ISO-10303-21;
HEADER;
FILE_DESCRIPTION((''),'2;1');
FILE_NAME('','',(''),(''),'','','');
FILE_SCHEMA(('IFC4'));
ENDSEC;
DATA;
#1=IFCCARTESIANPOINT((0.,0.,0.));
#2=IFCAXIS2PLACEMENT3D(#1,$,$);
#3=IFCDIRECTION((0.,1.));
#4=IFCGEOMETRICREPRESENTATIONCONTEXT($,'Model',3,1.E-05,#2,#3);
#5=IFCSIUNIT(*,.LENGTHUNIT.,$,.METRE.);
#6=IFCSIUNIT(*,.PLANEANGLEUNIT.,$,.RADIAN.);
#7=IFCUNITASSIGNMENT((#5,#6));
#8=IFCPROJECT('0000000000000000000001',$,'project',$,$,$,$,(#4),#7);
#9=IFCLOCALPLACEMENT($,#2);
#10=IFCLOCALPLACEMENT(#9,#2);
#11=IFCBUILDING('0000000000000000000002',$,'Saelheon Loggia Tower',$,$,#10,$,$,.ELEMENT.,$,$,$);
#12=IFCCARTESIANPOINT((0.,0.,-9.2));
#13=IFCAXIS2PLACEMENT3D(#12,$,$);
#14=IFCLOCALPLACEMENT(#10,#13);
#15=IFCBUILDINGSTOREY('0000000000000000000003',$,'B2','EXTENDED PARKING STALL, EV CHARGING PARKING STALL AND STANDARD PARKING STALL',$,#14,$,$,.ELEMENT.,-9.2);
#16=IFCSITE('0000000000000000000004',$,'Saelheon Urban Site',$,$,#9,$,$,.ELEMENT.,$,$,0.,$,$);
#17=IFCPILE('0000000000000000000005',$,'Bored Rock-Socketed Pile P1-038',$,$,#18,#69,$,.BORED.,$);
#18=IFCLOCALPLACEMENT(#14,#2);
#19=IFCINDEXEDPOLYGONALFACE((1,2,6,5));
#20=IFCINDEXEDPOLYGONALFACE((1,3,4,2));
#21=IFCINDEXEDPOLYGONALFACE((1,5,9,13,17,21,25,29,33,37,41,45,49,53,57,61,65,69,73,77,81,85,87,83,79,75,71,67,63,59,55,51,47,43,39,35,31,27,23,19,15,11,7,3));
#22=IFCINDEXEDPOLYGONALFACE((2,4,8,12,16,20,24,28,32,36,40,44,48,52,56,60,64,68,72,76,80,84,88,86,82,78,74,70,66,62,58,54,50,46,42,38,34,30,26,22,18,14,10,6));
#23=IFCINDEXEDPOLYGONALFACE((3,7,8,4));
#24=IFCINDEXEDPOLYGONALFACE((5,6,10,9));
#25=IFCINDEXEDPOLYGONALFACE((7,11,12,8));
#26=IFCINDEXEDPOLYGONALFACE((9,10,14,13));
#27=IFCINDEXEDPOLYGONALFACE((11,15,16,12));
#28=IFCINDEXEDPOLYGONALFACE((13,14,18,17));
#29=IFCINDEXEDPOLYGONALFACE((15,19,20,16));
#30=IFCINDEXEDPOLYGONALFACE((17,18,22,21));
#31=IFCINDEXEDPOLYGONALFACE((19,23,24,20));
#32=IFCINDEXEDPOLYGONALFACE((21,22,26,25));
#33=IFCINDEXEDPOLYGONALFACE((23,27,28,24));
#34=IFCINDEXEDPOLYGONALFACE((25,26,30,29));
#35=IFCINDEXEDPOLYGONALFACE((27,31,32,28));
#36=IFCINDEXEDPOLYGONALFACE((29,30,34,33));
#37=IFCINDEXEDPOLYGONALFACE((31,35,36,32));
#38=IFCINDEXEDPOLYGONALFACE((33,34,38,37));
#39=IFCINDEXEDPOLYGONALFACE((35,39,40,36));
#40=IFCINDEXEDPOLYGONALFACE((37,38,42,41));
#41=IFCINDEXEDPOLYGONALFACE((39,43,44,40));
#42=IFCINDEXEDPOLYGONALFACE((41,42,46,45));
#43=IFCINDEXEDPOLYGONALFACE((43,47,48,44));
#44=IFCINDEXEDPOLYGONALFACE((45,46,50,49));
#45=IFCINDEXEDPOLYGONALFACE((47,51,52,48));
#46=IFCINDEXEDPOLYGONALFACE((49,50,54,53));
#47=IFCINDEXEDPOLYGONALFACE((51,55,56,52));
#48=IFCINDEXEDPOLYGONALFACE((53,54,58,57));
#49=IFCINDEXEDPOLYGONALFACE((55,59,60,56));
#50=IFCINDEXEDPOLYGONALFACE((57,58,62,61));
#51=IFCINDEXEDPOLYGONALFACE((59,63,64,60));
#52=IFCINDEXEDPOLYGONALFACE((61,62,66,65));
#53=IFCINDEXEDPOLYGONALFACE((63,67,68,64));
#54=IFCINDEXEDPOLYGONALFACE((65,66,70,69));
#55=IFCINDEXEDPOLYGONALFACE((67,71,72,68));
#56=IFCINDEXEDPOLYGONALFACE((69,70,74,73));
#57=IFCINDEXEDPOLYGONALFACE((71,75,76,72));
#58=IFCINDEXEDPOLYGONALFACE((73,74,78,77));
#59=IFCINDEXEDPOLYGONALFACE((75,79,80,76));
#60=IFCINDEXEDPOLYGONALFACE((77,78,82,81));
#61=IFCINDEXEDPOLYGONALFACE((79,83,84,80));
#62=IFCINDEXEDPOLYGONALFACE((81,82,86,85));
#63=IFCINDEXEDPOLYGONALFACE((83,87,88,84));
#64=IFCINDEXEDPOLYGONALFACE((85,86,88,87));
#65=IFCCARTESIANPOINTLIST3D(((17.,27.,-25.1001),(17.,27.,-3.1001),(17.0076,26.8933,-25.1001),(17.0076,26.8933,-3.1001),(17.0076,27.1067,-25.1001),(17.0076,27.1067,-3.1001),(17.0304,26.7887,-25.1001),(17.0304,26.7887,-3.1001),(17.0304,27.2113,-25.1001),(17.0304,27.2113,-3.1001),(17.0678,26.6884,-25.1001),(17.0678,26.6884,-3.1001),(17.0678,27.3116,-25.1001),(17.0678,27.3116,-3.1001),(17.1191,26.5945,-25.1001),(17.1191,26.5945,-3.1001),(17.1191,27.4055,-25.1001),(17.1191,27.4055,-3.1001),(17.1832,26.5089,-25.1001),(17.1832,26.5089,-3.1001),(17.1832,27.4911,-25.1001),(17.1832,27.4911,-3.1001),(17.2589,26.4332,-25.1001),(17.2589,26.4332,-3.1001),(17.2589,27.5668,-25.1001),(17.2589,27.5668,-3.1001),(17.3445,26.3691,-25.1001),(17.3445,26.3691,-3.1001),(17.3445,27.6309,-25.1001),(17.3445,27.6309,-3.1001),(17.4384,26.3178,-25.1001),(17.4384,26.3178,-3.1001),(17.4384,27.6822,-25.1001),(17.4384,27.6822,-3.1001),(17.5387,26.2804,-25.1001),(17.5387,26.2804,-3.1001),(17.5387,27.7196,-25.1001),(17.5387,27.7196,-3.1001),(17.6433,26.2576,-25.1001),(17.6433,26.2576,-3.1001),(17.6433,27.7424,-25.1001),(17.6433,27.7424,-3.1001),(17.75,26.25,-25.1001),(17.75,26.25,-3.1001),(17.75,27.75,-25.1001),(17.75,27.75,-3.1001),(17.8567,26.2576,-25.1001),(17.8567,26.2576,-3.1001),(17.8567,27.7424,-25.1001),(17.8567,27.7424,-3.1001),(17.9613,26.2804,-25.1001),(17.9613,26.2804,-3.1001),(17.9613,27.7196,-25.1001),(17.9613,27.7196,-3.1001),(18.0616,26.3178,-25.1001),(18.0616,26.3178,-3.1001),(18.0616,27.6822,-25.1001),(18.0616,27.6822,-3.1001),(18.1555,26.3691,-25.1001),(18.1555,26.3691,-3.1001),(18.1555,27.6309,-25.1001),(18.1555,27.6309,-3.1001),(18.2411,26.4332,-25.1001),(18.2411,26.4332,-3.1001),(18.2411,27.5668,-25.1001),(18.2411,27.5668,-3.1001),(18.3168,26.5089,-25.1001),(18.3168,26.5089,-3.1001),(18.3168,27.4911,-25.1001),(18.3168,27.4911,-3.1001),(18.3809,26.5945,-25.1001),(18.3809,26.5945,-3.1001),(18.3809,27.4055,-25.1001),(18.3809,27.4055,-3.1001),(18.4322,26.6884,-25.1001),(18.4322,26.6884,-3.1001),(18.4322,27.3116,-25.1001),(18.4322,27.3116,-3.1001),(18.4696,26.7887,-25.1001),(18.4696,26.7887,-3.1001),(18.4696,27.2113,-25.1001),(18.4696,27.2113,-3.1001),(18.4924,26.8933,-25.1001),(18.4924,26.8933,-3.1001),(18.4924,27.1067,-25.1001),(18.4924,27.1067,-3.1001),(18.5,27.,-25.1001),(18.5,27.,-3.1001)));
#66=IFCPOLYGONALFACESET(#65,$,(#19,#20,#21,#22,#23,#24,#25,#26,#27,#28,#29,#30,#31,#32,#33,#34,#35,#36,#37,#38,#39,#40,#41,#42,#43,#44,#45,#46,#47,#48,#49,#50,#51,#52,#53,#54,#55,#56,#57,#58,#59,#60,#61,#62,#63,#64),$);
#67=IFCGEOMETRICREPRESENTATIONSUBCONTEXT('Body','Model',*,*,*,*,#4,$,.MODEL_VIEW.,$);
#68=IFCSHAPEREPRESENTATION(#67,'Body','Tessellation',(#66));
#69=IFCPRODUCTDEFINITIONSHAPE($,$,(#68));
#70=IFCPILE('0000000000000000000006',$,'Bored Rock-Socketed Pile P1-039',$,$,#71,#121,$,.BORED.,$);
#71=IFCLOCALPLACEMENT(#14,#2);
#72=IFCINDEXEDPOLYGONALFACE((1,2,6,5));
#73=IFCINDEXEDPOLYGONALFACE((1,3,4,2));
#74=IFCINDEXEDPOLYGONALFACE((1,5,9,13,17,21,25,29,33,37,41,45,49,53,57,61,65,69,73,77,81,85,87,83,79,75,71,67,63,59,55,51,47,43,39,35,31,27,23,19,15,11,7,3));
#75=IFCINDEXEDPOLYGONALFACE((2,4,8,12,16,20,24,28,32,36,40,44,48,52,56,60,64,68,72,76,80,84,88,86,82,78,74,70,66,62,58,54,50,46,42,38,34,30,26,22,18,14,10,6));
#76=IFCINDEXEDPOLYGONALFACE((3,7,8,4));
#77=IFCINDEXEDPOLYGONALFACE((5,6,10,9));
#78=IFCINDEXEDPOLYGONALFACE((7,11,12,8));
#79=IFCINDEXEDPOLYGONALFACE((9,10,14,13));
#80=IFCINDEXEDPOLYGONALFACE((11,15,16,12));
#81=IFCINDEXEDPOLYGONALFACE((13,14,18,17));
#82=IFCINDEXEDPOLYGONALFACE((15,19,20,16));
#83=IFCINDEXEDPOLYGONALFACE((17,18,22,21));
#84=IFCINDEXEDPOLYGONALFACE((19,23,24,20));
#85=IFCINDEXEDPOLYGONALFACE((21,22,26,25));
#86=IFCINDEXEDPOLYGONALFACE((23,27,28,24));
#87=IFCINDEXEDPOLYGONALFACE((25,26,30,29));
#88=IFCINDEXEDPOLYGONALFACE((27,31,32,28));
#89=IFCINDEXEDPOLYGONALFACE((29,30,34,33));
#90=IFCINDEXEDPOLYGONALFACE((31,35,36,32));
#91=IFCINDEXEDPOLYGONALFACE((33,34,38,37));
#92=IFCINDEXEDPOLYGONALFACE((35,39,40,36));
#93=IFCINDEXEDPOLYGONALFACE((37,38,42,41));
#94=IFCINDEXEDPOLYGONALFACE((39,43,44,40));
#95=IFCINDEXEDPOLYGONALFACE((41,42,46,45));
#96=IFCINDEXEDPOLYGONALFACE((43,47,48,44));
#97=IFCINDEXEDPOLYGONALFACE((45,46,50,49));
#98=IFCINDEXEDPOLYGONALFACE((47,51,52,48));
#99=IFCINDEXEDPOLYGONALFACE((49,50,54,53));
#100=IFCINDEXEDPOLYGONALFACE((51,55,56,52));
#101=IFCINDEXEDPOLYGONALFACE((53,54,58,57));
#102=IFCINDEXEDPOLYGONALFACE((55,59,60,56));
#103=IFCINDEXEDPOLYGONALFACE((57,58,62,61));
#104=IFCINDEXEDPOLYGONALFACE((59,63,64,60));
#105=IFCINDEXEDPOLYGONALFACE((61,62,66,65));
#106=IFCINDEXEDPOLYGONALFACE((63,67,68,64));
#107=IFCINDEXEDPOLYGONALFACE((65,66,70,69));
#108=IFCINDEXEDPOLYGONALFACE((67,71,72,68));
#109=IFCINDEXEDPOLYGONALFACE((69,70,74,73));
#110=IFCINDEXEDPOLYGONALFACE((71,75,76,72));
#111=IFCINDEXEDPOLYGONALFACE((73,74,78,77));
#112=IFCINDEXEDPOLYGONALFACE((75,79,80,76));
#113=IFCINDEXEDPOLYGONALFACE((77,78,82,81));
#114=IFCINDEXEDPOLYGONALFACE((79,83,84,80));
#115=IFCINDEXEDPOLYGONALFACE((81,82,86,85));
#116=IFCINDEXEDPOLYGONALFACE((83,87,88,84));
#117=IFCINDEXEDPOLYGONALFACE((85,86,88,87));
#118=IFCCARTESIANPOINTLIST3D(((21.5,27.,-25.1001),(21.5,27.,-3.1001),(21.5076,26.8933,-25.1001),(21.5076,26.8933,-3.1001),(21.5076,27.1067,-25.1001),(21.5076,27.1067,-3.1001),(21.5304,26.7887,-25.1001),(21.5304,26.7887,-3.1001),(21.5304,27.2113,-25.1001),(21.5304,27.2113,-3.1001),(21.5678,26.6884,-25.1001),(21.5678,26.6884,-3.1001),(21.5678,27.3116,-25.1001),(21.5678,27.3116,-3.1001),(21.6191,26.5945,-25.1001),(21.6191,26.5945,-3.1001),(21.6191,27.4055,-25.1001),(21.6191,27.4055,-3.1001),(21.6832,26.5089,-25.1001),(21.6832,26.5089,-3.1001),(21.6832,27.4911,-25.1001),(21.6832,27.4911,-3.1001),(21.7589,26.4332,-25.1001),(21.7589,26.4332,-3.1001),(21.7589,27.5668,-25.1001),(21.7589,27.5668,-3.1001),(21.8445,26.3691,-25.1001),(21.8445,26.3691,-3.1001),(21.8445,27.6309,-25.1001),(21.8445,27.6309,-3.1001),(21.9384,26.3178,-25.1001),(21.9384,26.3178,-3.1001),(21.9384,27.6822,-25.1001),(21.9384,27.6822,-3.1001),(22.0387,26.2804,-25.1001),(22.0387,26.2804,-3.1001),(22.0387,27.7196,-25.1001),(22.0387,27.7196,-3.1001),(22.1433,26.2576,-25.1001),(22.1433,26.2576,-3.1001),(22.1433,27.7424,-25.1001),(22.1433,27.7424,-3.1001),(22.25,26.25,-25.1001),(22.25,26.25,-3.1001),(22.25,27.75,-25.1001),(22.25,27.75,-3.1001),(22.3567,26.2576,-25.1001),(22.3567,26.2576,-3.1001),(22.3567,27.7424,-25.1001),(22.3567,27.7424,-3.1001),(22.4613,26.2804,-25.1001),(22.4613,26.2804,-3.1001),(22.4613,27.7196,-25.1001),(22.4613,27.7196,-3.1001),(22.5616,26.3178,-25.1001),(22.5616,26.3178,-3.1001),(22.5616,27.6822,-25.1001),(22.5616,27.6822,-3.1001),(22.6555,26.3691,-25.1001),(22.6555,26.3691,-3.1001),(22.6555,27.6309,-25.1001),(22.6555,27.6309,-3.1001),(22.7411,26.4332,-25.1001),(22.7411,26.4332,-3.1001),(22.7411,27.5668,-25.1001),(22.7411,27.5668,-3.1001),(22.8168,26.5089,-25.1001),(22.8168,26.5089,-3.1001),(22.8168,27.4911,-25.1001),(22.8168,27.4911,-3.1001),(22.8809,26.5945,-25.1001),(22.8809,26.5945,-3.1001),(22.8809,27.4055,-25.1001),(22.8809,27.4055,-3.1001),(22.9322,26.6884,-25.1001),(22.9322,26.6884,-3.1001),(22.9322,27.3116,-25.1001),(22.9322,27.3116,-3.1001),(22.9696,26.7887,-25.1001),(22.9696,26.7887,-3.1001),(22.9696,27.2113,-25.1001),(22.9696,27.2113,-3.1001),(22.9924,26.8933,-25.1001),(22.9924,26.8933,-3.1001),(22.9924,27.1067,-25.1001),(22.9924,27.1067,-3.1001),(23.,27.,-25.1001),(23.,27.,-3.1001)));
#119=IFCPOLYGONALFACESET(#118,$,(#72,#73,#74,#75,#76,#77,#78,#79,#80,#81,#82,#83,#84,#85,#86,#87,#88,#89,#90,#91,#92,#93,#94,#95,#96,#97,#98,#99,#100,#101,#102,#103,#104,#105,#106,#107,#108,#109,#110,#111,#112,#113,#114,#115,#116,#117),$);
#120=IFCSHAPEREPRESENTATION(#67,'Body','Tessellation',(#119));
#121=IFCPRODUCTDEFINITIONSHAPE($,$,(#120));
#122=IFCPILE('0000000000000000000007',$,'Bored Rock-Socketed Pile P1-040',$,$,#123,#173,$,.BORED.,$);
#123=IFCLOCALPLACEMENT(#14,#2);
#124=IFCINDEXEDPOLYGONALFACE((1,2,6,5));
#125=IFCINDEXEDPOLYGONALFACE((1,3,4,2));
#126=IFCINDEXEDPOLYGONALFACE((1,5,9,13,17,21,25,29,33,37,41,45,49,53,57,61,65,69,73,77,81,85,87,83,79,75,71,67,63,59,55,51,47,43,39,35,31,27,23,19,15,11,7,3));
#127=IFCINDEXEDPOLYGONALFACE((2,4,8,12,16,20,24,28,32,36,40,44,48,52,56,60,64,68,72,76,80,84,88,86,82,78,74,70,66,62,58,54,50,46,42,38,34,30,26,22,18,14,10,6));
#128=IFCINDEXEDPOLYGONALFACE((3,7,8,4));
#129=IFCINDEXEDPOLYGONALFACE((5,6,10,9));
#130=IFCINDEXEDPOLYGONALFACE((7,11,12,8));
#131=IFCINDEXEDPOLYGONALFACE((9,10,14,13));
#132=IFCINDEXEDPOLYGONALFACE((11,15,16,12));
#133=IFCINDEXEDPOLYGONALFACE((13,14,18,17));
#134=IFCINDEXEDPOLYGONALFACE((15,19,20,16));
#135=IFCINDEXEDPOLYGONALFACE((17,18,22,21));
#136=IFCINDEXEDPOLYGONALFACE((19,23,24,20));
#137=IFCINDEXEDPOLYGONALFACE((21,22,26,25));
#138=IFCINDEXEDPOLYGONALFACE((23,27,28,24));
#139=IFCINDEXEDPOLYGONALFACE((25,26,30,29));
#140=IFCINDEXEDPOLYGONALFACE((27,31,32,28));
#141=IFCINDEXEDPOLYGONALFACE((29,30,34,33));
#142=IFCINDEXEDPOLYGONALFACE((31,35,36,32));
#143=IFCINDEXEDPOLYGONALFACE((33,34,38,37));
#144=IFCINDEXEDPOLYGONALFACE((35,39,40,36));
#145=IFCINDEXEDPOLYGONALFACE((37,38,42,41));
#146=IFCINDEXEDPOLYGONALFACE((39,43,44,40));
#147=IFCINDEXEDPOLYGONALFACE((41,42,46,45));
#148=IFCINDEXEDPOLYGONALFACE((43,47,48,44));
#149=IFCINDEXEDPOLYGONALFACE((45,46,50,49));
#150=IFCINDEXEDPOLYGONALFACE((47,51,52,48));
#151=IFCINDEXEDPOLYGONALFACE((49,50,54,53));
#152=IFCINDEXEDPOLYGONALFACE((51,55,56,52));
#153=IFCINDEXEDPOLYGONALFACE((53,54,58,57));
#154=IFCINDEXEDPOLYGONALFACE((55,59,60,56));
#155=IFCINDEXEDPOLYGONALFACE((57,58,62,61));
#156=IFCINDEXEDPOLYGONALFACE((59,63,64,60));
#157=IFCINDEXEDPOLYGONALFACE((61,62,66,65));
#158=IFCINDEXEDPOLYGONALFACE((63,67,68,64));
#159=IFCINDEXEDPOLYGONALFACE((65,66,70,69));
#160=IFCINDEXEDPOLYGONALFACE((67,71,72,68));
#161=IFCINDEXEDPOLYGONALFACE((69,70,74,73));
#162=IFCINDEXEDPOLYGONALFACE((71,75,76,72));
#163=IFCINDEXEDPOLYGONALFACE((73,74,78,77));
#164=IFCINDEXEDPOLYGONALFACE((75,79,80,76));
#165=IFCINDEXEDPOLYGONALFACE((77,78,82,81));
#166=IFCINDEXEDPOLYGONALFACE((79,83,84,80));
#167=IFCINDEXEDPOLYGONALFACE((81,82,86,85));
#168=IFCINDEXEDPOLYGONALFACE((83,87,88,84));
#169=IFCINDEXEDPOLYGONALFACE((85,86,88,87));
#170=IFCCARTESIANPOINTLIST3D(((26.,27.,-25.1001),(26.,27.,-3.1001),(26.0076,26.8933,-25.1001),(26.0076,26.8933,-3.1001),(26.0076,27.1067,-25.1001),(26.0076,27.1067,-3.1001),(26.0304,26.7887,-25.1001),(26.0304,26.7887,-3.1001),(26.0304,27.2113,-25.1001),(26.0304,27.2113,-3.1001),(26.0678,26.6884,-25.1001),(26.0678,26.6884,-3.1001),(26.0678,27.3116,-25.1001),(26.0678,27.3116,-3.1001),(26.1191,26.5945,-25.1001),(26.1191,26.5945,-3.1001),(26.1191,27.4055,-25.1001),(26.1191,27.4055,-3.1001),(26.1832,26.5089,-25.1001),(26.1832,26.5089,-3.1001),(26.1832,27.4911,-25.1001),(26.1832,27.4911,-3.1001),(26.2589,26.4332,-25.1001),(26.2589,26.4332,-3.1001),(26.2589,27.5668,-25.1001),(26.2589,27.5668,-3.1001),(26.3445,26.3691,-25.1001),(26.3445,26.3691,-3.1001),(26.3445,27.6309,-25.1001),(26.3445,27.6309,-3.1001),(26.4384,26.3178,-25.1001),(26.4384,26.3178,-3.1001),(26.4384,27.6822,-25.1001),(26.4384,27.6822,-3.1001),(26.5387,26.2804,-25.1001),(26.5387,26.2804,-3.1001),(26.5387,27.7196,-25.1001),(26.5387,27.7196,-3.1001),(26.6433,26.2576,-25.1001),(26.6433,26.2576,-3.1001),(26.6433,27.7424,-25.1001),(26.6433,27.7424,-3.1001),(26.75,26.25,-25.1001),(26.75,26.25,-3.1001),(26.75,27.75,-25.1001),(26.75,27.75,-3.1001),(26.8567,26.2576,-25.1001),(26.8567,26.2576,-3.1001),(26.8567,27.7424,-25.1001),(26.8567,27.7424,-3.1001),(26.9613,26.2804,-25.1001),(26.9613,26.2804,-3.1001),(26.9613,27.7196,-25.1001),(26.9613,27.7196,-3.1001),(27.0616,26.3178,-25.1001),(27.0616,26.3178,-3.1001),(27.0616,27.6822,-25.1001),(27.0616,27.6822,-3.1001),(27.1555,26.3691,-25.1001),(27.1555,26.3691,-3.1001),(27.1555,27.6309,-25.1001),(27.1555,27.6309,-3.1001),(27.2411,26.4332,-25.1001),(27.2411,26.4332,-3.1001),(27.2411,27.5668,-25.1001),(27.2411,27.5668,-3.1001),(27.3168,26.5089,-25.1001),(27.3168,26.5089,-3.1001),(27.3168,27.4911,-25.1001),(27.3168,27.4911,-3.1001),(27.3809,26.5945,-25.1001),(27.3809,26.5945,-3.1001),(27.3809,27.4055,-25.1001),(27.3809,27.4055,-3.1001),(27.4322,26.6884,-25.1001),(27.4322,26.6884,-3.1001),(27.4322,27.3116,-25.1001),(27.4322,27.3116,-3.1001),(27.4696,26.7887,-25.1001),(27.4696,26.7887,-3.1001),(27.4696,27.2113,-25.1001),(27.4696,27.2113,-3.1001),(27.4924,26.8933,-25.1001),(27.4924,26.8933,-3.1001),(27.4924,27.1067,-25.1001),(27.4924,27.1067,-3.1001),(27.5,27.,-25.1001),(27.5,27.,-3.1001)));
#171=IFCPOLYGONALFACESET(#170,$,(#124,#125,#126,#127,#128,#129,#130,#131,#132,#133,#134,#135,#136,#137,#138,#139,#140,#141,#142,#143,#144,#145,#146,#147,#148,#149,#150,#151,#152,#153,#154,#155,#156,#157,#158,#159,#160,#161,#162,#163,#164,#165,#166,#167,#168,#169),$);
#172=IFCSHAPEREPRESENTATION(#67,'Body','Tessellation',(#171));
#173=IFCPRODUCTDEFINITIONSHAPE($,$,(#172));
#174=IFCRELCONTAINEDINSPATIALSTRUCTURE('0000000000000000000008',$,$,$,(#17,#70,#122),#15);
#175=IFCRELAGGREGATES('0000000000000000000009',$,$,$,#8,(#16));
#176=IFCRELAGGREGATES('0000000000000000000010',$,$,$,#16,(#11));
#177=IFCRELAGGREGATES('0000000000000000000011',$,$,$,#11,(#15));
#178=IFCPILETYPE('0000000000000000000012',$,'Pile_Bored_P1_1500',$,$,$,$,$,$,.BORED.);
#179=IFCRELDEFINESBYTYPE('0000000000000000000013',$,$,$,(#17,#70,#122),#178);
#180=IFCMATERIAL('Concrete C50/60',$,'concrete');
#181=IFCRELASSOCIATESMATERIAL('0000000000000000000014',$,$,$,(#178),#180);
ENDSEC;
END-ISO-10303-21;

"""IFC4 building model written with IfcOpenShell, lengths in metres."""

from ifc_helpers import new_model, si_unit, direction, frame, origin, origin_2d, place, context, subcontext, project, spatial, circle, extrude, source, transform, mapped, material, material_profile, profile_set, type_object, element, save


model = new_model("IFC4")

# Units and contexts
model_context = context("Model", 3, precision=1e-05, world=origin(), true_north=direction((0.0, 1.0)))
body_context = subcontext(model_context, "Body", "Model", "MODEL_VIEW")
ifc_project = project(units=[si_unit("LENGTHUNIT", "METRE"), si_unit("PLANEANGLEUNIT", "RADIAN")], contexts=[model_context])

# Site, building, storey
site_placement = place(None, origin())
site = spatial("IfcSite", under=ifc_project, at=site_placement, Name="Saelheon Urban Site", CompositionType="ELEMENT", RefElevation=0.0)
building_placement = place(site_placement, origin())
building = spatial("IfcBuilding", under=site, at=building_placement, Name="Saelheon Loggia Tower", CompositionType="ELEMENT")
storey_placement = place(building_placement, frame((0.0, 0.0, -9.2)))
storey = spatial("IfcBuildingStorey", under=building, at=storey_placement, Name="B2", Description="EXTENDED PARKING STALL, EV CHARGING PARKING STALL AND STANDARD PARKING STALL", CompositionType="ELEMENT", Elevation=-9.2)

# Piles
ifc_material_1 = material(Name="Concrete C50/60", Category="concrete")
ifc_material_profile_1 = material_profile(ifc_material_1, circle(Radius=0.75, at=origin_2d()), Name="CIRC-1500")
ifc_profile_set_1 = profile_set([ifc_material_profile_1], Name="Concrete C50/60")
pile_type = type_object("IfcPileType", Name="Pile_Bored_P1_1500", PredefinedType="BORED", material=ifc_profile_set_1)
shared_shape_1 = source(origin(), body_context, "Body", "SweptSolid", [
    extrude(circle(Radius=0.75, at=origin_2d()), origin(), (0.0, 0.0, 1.0), 22.0),
])
for number, where, z_axis, x_axis, name in (
    (1, (17.75, 27.0, -3.1001), (0.0, 0.0, -1.0), (1.0, 0.0, 0.0), "Bored Rock-Socketed Pile P1-038"),
    (2, (22.25, 27.0, -3.1001), (0.0, 0.0, -1.0), (1.0, 0.0, 0.0), "Bored Rock-Socketed Pile P1-039"),
    (3, (26.75, 27.0, -3.1001), (0.0, 0.0, -1.0), (1.0, 0.0, 0.0), "Bored Rock-Socketed Pile P1-040"),
):
    element("IfcPile", number, at=place(storey_placement, frame(where, z_axis=z_axis, x_axis=x_axis)), inside=storey, type_object=pile_type, Name=name, PredefinedType="BORED", context=body_context, shape_type="MappedRepresentation", body=[
        mapped(shared_shape_1, transform((0.0, 0.0, 0.0), scale=1.0)),
    ])

save(model, "model.ifc")
